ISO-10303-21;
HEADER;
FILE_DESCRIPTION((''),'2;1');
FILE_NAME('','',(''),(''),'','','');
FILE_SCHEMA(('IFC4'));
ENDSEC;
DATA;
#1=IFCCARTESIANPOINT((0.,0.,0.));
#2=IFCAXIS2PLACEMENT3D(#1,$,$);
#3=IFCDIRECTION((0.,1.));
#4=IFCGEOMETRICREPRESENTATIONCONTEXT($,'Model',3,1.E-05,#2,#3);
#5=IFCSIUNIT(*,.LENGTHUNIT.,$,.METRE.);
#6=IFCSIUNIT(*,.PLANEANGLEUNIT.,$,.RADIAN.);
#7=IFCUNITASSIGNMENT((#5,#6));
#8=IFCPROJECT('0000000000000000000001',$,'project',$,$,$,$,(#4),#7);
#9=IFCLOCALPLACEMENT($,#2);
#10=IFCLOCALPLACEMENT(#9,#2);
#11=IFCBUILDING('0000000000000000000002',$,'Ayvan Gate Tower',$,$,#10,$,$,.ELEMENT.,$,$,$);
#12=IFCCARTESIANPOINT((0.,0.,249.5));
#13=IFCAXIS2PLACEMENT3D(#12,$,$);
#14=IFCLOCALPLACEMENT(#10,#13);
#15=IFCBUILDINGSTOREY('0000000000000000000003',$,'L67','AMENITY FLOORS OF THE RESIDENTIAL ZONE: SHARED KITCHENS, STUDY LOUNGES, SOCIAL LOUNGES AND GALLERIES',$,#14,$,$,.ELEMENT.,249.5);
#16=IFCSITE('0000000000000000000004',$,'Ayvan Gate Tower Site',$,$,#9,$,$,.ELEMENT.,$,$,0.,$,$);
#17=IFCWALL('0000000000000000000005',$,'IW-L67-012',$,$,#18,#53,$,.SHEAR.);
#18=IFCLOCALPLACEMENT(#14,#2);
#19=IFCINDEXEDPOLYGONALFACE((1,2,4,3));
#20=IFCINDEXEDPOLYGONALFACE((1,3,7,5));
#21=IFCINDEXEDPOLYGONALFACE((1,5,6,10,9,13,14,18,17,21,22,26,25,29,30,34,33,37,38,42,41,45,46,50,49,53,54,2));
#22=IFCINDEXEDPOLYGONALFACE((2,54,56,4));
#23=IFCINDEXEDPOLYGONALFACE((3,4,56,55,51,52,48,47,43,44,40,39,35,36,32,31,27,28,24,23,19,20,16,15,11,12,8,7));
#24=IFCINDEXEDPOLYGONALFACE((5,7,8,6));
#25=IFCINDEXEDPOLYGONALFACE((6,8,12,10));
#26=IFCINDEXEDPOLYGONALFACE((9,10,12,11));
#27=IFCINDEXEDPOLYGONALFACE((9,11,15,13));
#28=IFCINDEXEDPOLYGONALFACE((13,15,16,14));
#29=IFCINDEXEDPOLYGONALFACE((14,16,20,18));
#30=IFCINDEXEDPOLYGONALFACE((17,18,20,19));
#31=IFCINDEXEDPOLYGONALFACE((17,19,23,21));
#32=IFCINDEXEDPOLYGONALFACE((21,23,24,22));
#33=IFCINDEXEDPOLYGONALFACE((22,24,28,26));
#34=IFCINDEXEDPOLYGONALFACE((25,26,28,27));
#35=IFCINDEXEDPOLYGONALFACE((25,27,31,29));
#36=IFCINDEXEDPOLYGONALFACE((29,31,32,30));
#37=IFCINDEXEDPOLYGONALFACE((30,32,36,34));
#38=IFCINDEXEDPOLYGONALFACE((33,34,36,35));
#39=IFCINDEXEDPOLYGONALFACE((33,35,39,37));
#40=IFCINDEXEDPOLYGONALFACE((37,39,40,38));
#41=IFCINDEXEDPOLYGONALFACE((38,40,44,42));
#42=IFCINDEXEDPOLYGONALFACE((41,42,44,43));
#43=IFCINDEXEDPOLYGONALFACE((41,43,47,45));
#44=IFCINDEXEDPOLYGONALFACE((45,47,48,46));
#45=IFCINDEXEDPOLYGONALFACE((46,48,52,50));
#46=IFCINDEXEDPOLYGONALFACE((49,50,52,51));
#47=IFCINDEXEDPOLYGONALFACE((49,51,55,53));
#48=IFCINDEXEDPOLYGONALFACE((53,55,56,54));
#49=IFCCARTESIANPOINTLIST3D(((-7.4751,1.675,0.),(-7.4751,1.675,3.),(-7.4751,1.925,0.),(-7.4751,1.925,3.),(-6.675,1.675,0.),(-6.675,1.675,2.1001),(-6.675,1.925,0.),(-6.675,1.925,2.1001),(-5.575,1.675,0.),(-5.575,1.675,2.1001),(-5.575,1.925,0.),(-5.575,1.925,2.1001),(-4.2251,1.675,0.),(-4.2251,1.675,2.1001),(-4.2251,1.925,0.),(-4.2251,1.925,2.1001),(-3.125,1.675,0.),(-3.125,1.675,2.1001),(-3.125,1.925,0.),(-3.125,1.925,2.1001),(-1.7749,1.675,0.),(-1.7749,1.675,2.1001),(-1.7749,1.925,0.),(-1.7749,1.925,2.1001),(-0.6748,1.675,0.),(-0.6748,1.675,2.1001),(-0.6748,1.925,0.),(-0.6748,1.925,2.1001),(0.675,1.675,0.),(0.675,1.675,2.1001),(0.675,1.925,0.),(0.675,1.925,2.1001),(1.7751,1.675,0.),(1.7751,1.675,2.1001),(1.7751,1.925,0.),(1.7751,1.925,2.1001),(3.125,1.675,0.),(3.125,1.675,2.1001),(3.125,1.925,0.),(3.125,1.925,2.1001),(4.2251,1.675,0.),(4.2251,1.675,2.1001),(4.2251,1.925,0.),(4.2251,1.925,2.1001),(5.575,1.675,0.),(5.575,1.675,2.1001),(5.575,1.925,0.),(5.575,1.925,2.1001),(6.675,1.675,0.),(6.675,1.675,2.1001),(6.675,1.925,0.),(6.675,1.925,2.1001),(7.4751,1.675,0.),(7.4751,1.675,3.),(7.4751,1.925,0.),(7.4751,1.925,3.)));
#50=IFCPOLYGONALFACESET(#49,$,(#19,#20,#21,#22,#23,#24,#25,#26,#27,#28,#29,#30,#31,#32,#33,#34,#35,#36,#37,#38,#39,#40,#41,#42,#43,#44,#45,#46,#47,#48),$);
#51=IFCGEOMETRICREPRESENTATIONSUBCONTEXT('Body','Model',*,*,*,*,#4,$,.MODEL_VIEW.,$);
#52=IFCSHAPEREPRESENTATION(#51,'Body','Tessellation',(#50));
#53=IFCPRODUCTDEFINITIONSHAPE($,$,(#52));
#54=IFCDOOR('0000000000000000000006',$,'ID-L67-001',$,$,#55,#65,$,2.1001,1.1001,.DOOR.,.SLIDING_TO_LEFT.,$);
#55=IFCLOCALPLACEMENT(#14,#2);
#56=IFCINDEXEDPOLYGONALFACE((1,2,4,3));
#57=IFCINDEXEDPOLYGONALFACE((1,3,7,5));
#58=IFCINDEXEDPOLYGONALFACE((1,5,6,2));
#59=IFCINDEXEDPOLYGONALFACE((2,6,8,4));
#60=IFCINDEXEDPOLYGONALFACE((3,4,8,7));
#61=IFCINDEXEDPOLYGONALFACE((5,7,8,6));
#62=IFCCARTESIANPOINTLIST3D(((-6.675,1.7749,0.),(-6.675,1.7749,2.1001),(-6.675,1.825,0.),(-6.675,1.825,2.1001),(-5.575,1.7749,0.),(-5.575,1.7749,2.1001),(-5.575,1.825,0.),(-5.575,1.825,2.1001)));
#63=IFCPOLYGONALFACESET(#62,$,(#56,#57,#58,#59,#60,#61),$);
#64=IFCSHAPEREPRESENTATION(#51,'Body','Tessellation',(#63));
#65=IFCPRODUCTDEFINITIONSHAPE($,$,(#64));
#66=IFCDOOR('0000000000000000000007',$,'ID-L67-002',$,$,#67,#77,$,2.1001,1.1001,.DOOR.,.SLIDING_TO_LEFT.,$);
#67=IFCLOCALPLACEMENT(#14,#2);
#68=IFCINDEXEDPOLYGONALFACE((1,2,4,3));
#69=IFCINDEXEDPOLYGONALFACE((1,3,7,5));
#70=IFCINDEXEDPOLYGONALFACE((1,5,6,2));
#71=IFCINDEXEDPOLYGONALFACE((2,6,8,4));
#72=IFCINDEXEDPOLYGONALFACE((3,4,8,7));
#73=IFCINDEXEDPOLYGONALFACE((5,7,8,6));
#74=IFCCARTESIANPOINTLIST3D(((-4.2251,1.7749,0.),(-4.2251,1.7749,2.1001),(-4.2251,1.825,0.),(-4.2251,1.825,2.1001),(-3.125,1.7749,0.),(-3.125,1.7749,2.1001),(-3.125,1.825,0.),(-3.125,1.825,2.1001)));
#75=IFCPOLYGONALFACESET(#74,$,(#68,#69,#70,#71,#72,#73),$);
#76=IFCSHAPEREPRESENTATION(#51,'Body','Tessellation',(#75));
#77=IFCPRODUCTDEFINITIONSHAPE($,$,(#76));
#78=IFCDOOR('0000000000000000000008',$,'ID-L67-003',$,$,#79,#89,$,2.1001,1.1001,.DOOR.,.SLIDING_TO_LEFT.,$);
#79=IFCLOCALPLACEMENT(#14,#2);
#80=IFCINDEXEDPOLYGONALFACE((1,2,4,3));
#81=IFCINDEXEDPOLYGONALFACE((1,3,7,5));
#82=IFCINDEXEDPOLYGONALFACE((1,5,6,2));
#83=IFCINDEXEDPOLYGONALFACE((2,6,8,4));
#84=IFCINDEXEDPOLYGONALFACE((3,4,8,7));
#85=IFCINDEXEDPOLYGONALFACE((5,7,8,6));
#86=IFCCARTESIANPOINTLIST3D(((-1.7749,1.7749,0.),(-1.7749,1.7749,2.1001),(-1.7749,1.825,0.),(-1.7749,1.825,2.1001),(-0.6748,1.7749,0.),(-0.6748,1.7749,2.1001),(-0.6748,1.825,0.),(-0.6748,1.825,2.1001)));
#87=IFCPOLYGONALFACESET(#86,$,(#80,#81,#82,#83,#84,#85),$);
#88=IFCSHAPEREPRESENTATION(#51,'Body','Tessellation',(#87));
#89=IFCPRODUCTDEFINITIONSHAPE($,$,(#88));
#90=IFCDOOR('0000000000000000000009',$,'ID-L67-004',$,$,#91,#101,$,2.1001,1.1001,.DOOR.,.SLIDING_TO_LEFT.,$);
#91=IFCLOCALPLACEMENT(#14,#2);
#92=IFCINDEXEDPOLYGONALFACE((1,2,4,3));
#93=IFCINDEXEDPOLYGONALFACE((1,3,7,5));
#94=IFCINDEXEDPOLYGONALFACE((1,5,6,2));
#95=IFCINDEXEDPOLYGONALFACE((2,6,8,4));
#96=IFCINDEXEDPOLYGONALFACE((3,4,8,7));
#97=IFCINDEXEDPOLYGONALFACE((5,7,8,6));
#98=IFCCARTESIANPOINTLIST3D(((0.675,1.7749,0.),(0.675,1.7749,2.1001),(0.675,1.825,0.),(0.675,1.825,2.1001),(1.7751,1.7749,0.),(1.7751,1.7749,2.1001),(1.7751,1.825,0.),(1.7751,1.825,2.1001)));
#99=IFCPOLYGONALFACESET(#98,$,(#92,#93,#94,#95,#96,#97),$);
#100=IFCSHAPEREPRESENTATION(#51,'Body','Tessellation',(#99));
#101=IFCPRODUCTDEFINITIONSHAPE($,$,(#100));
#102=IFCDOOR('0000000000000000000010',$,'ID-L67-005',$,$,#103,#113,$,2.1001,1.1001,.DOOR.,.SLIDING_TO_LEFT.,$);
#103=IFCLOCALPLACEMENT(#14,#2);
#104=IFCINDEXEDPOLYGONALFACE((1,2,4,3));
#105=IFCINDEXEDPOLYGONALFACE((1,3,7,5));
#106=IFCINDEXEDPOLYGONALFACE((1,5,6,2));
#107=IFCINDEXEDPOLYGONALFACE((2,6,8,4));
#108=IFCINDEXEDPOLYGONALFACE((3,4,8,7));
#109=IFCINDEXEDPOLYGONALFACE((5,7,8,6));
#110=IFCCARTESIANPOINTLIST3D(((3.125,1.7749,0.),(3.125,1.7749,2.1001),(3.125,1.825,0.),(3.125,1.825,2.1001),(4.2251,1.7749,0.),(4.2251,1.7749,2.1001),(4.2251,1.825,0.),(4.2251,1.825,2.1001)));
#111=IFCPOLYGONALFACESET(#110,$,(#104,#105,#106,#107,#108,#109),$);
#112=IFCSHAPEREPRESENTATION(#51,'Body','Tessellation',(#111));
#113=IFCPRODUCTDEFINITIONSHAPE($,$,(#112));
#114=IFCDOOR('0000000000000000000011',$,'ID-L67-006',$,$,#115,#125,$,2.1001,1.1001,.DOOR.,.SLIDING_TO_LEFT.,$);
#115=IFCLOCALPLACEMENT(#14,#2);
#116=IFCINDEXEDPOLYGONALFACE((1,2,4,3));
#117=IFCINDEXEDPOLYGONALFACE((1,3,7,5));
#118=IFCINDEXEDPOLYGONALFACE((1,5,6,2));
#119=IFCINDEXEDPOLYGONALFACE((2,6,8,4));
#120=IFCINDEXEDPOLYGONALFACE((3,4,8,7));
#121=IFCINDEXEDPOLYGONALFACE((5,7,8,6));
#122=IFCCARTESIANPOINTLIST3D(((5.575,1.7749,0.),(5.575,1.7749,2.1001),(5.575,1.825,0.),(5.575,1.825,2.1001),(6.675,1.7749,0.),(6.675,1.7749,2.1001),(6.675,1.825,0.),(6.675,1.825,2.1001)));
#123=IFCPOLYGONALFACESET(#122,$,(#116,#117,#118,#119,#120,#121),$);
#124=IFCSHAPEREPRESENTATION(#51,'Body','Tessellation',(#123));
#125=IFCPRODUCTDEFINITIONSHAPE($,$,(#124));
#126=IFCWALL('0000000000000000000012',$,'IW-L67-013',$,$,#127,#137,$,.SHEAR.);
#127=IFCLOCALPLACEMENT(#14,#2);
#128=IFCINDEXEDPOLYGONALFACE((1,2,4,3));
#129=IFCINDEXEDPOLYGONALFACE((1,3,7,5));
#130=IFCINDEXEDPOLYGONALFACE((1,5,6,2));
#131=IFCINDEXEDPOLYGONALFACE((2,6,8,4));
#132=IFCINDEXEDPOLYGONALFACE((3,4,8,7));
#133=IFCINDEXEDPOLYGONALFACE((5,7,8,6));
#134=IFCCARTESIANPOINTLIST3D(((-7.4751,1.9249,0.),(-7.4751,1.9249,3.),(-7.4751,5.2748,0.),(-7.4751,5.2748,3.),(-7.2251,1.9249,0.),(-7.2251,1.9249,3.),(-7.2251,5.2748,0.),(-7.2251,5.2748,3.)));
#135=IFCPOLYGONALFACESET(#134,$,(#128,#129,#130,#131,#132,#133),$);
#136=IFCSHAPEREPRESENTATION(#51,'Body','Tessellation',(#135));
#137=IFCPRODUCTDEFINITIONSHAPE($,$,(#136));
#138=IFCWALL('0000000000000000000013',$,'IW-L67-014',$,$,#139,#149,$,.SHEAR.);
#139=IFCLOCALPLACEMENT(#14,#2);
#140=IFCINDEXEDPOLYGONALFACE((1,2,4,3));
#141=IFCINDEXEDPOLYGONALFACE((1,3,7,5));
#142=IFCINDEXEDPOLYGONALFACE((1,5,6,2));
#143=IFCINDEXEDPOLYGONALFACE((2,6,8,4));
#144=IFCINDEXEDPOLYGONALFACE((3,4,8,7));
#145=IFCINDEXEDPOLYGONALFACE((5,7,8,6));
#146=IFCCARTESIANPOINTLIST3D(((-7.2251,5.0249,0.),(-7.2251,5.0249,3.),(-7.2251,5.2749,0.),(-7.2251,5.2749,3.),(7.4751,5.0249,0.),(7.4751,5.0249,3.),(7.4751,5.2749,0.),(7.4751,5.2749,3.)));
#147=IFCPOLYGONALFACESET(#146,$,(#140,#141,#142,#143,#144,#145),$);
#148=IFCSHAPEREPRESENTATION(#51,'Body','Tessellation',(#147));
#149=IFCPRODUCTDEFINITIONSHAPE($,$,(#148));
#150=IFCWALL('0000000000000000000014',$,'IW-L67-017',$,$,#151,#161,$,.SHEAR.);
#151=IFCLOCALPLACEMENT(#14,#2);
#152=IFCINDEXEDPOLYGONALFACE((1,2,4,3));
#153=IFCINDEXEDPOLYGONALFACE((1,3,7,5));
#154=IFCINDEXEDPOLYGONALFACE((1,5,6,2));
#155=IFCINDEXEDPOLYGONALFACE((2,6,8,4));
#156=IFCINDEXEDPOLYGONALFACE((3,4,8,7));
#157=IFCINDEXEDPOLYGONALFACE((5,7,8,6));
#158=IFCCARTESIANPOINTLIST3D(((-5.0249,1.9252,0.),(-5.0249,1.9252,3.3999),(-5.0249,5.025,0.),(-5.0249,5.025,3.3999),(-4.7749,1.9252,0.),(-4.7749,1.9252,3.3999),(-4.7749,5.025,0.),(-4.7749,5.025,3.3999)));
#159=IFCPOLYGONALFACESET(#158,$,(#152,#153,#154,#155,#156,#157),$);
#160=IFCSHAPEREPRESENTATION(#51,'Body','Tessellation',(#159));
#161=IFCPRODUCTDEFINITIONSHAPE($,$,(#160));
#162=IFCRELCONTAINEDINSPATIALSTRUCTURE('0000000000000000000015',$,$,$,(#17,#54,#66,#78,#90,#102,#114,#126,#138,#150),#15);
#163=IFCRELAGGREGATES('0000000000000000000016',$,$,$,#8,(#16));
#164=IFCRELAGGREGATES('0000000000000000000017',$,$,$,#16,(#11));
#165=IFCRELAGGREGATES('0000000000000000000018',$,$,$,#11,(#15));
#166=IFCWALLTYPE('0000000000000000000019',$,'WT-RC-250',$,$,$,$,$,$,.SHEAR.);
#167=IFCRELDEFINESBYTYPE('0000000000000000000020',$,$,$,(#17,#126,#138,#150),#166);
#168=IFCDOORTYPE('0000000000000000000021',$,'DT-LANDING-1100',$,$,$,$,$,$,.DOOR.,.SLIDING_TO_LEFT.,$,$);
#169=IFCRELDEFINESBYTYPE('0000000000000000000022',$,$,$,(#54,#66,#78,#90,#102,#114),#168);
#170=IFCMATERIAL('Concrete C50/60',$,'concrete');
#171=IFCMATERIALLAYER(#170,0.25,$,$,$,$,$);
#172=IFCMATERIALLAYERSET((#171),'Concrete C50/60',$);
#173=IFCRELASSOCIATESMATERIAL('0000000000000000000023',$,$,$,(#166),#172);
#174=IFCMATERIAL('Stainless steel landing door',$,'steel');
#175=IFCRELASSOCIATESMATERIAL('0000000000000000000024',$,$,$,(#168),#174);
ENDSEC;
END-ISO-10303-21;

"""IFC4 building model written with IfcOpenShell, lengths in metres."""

from ifc_helpers import new_model, si_unit, direction, frame, frame_2d, origin, place, context, subcontext, project, spatial, rectangle, extrude, material, layer, layer_set, type_object, element, fill, save


model = new_model("IFC4")

# Units and contexts
model_context = context("Model", 3, precision=1e-05, world=origin(), true_north=direction((0.0, 1.0)))
body_context = subcontext(model_context, "Body", "Model", "MODEL_VIEW")
ifc_project = project(units=[si_unit("LENGTHUNIT", "METRE"), si_unit("PLANEANGLEUNIT", "RADIAN")], contexts=[model_context])

# Site, building, storey
site_placement = place(None, origin())
site = spatial("IfcSite", under=ifc_project, at=site_placement, Name="Ayvan Gate Tower Site", CompositionType="ELEMENT", RefElevation=0.0)
building_placement = place(site_placement, origin())
building = spatial("IfcBuilding", under=site, at=building_placement, Name="Ayvan Gate Tower", CompositionType="ELEMENT")
storey_placement = place(building_placement, frame((0.0, 0.0, 249.5)))
storey = spatial("IfcBuildingStorey", under=building, at=storey_placement, Name="L67", Description="AMENITY FLOORS OF THE RESIDENTIAL ZONE: SHARED KITCHENS, STUDY LOUNGES, SOCIAL LOUNGES AND GALLERIES", CompositionType="ELEMENT", Elevation=249.5)

# Wall, openings, doors
ifc_material_1 = material(Name="Concrete C50/60", Category="concrete")
ifc_layer_1 = layer(ifc_material_1, 0.25)
ifc_layer_set_1 = layer_set([ifc_layer_1], Name="Concrete C50/60")
wall_type_1 = type_object("IfcWallType", Name="WT-RC-250", PredefinedType="SHEAR", material=ifc_layer_set_1)
wall_1_placement = place(storey_placement, frame((-7.4751, 1.8, 0.0), z_axis=(0.0, 0.0, 1.0), x_axis=(1.0, 0.0, 0.0)))
wall_1 = element("IfcWall", 1, at=wall_1_placement, inside=storey, type_object=wall_type_1, Name="IW-L67-012", PredefinedType="SHEAR", context=body_context, shape_type="SweptSolid", body=[
    extrude(rectangle(XDim=14.9502, YDim=0.25, at=frame_2d((7.4751, 0.0))), origin(), (0.0, 0.0, 1.0), 3.0),
])
opening_1_placement = place(wall_1_placement, frame((0.8, 0.0, 0.0)))
opening_1 = element("IfcOpeningElement", 2, at=opening_1_placement, cuts=wall_1, PredefinedType="OPENING", context=body_context, shape_type="SweptSolid", body=[
    extrude(rectangle(XDim=1.1001, YDim=2.1001, at=frame_2d((0.55, 1.05))), frame((0.0, 0.135, 0.0), z_axis=(0.0, -1.0, 0.0), x_axis=(1.0, 0.0, 0.0)), (0.0, 0.0, 1.0), 0.27),
])
opening_2_placement = place(wall_1_placement, frame((3.25, 0.0, 0.0)))
opening_2 = element("IfcOpeningElement", 3, at=opening_2_placement, cuts=wall_1, PredefinedType="OPENING", context=body_context, shape_type="SweptSolid", body=[
    extrude(rectangle(XDim=1.1001, YDim=2.1001, at=frame_2d((0.55, 1.05))), frame((0.0, 0.135, 0.0), z_axis=(0.0, -1.0, 0.0), x_axis=(1.0, 0.0, 0.0)), (0.0, 0.0, 1.0), 0.27),
])
opening_3_placement = place(wall_1_placement, frame((5.7002, 0.0, 0.0)))
opening_3 = element("IfcOpeningElement", 4, at=opening_3_placement, cuts=wall_1, PredefinedType="OPENING", context=body_context, shape_type="SweptSolid", body=[
    extrude(rectangle(XDim=1.1001, YDim=2.1001, at=frame_2d((0.55, 1.05))), frame((0.0, 0.135, 0.0), z_axis=(0.0, -1.0, 0.0), x_axis=(1.0, 0.0, 0.0)), (0.0, 0.0, 1.0), 0.27),
])
opening_4_placement = place(wall_1_placement, frame((8.1501, 0.0, 0.0)))
opening_4 = element("IfcOpeningElement", 5, at=opening_4_placement, cuts=wall_1, PredefinedType="OPENING", context=body_context, shape_type="SweptSolid", body=[
    extrude(rectangle(XDim=1.1001, YDim=2.1001, at=frame_2d((0.55, 1.05))), frame((0.0, 0.135, 0.0), z_axis=(0.0, -1.0, 0.0), x_axis=(1.0, 0.0, 0.0)), (0.0, 0.0, 1.0), 0.27),
])
opening_5_placement = place(wall_1_placement, frame((10.6001, 0.0, 0.0)))
opening_5 = element("IfcOpeningElement", 6, at=opening_5_placement, cuts=wall_1, PredefinedType="OPENING", context=body_context, shape_type="SweptSolid", body=[
    extrude(rectangle(XDim=1.1001, YDim=2.1001, at=frame_2d((0.55, 1.05))), frame((0.0, 0.135, 0.0), z_axis=(0.0, -1.0, 0.0), x_axis=(1.0, 0.0, 0.0)), (0.0, 0.0, 1.0), 0.27),
])
opening_6_placement = place(wall_1_placement, frame((13.05, 0.0, 0.0)))
opening_6 = element("IfcOpeningElement", 7, at=opening_6_placement, cuts=wall_1, PredefinedType="OPENING", context=body_context, shape_type="SweptSolid", body=[
    extrude(rectangle(XDim=1.1001, YDim=2.1001, at=frame_2d((0.55, 1.05))), frame((0.0, 0.135, 0.0), z_axis=(0.0, -1.0, 0.0), x_axis=(1.0, 0.0, 0.0)), (0.0, 0.0, 1.0), 0.27),
])
ifc_material_2 = material(Name="Stainless steel landing door", Category="steel")
door_type_1 = type_object("IfcDoorType", Name="DT-LANDING-1100", OperationType="SLIDING_TO_LEFT", PredefinedType="DOOR", material=ifc_material_2)
door_1_placement = place(opening_1_placement, origin())
door_1 = element("IfcDoor", 8, at=door_1_placement, inside=storey, type_object=door_type_1, Name="ID-L67-001", OperationType="SLIDING_TO_LEFT", OverallHeight=2.1001, OverallWidth=1.1001, PredefinedType="DOOR", context=body_context, shape_type="SweptSolid", body=[
    extrude(rectangle(XDim=1.1001, YDim=2.1001, at=frame_2d((0.55, 1.05))), frame((0.0, 0.0249, 0.0), z_axis=(0.0, -1.0, 0.0), x_axis=(1.0, 0.0, 0.0)), (0.0, 0.0, 1.0), 0.05),
])
fill(opening_1, door_1)
door_2_placement = place(opening_2_placement, origin())
door_2 = element("IfcDoor", 9, at=door_2_placement, inside=storey, type_object=door_type_1, Name="ID-L67-002", OperationType="SLIDING_TO_LEFT", OverallHeight=2.1001, OverallWidth=1.1001, PredefinedType="DOOR", context=body_context, shape_type="SweptSolid", body=[
    extrude(rectangle(XDim=1.1001, YDim=2.1001, at=frame_2d((0.55, 1.05))), frame((0.0, 0.0249, 0.0), z_axis=(0.0, -1.0, 0.0), x_axis=(1.0, 0.0, 0.0)), (0.0, 0.0, 1.0), 0.05),
])
fill(opening_2, door_2)
door_3_placement = place(opening_3_placement, origin())
door_3 = element("IfcDoor", 10, at=door_3_placement, inside=storey, type_object=door_type_1, Name="ID-L67-003", OperationType="SLIDING_TO_LEFT", OverallHeight=2.1001, OverallWidth=1.1001, PredefinedType="DOOR", context=body_context, shape_type="SweptSolid", body=[
    extrude(rectangle(XDim=1.1001, YDim=2.1001, at=frame_2d((0.55, 1.05))), frame((0.0, 0.0249, 0.0), z_axis=(0.0, -1.0, 0.0), x_axis=(1.0, 0.0, 0.0)), (0.0, 0.0, 1.0), 0.05),
])
fill(opening_3, door_3)
door_4_placement = place(opening_4_placement, origin())
door_4 = element("IfcDoor", 11, at=door_4_placement, inside=storey, type_object=door_type_1, Name="ID-L67-004", OperationType="SLIDING_TO_LEFT", OverallHeight=2.1001, OverallWidth=1.1001, PredefinedType="DOOR", context=body_context, shape_type="SweptSolid", body=[
    extrude(rectangle(XDim=1.1001, YDim=2.1001, at=frame_2d((0.55, 1.05))), frame((0.0, 0.0249, 0.0), z_axis=(0.0, -1.0, 0.0), x_axis=(1.0, 0.0, 0.0)), (0.0, 0.0, 1.0), 0.05),
])
fill(opening_4, door_4)
door_5_placement = place(opening_5_placement, origin())
door_5 = element("IfcDoor", 12, at=door_5_placement, inside=storey, type_object=door_type_1, Name="ID-L67-005", OperationType="SLIDING_TO_LEFT", OverallHeight=2.1001, OverallWidth=1.1001, PredefinedType="DOOR", context=body_context, shape_type="SweptSolid", body=[
    extrude(rectangle(XDim=1.1001, YDim=2.1001, at=frame_2d((0.55, 1.05))), frame((0.0, 0.0249, 0.0), z_axis=(0.0, -1.0, 0.0), x_axis=(1.0, 0.0, 0.0)), (0.0, 0.0, 1.0), 0.05),
])
fill(opening_5, door_5)
door_6_placement = place(opening_6_placement, origin())
door_6 = element("IfcDoor", 13, at=door_6_placement, inside=storey, type_object=door_type_1, Name="ID-L67-006", OperationType="SLIDING_TO_LEFT", OverallHeight=2.1001, OverallWidth=1.1001, PredefinedType="DOOR", context=body_context, shape_type="SweptSolid", body=[
    extrude(rectangle(XDim=1.1001, YDim=2.1001, at=frame_2d((0.55, 1.05))), frame((0.0, 0.0249, 0.0), z_axis=(0.0, -1.0, 0.0), x_axis=(1.0, 0.0, 0.0)), (0.0, 0.0, 1.0), 0.05),
])
fill(opening_6, door_6)

# Walls
wall_2_placement = place(storey_placement, frame((-7.3501, 1.925, 0.0), z_axis=(0.0, 0.0, 1.0), x_axis=(0.0, 1.0, 0.0)))
element("IfcWall", 14, at=wall_2_placement, inside=storey, type_object=wall_type_1, Name="IW-L67-013", PredefinedType="SHEAR", context=body_context, shape_type="SweptSolid", body=[
    extrude(rectangle(XDim=3.3499, YDim=0.25, at=frame_2d((1.6748, 0.0))), origin(), (0.0, 0.0, 1.0), 3.0),
])
wall_3_placement = place(storey_placement, frame((-7.2251, 5.1499, 0.0), z_axis=(0.0, 0.0, 1.0), x_axis=(1.0, 0.0, 0.0)))
element("IfcWall", 15, at=wall_3_placement, inside=storey, type_object=wall_type_1, Name="IW-L67-014", PredefinedType="SHEAR", context=body_context, shape_type="SweptSolid", body=[
    extrude(rectangle(XDim=14.7002, YDim=0.25, at=frame_2d((7.3501, 0.0))), origin(), (0.0, 0.0, 1.0), 3.0),
])
wall_4_placement = place(storey_placement, frame((-4.8999, 5.0249, 0.0), z_axis=(0.0, 0.0, 1.0), x_axis=(0.0, -1.0, 0.0)))
element("IfcWall", 16, at=wall_4_placement, inside=storey, type_object=wall_type_1, Name="IW-L67-017", PredefinedType="SHEAR", context=body_context, shape_type="SweptSolid", body=[
    extrude(rectangle(XDim=3.0999, YDim=0.25, at=frame_2d((1.5498, 0.0))), origin(), (0.0, 0.0, 1.0), 3.3999),
])

save(model, "model.ifc")
